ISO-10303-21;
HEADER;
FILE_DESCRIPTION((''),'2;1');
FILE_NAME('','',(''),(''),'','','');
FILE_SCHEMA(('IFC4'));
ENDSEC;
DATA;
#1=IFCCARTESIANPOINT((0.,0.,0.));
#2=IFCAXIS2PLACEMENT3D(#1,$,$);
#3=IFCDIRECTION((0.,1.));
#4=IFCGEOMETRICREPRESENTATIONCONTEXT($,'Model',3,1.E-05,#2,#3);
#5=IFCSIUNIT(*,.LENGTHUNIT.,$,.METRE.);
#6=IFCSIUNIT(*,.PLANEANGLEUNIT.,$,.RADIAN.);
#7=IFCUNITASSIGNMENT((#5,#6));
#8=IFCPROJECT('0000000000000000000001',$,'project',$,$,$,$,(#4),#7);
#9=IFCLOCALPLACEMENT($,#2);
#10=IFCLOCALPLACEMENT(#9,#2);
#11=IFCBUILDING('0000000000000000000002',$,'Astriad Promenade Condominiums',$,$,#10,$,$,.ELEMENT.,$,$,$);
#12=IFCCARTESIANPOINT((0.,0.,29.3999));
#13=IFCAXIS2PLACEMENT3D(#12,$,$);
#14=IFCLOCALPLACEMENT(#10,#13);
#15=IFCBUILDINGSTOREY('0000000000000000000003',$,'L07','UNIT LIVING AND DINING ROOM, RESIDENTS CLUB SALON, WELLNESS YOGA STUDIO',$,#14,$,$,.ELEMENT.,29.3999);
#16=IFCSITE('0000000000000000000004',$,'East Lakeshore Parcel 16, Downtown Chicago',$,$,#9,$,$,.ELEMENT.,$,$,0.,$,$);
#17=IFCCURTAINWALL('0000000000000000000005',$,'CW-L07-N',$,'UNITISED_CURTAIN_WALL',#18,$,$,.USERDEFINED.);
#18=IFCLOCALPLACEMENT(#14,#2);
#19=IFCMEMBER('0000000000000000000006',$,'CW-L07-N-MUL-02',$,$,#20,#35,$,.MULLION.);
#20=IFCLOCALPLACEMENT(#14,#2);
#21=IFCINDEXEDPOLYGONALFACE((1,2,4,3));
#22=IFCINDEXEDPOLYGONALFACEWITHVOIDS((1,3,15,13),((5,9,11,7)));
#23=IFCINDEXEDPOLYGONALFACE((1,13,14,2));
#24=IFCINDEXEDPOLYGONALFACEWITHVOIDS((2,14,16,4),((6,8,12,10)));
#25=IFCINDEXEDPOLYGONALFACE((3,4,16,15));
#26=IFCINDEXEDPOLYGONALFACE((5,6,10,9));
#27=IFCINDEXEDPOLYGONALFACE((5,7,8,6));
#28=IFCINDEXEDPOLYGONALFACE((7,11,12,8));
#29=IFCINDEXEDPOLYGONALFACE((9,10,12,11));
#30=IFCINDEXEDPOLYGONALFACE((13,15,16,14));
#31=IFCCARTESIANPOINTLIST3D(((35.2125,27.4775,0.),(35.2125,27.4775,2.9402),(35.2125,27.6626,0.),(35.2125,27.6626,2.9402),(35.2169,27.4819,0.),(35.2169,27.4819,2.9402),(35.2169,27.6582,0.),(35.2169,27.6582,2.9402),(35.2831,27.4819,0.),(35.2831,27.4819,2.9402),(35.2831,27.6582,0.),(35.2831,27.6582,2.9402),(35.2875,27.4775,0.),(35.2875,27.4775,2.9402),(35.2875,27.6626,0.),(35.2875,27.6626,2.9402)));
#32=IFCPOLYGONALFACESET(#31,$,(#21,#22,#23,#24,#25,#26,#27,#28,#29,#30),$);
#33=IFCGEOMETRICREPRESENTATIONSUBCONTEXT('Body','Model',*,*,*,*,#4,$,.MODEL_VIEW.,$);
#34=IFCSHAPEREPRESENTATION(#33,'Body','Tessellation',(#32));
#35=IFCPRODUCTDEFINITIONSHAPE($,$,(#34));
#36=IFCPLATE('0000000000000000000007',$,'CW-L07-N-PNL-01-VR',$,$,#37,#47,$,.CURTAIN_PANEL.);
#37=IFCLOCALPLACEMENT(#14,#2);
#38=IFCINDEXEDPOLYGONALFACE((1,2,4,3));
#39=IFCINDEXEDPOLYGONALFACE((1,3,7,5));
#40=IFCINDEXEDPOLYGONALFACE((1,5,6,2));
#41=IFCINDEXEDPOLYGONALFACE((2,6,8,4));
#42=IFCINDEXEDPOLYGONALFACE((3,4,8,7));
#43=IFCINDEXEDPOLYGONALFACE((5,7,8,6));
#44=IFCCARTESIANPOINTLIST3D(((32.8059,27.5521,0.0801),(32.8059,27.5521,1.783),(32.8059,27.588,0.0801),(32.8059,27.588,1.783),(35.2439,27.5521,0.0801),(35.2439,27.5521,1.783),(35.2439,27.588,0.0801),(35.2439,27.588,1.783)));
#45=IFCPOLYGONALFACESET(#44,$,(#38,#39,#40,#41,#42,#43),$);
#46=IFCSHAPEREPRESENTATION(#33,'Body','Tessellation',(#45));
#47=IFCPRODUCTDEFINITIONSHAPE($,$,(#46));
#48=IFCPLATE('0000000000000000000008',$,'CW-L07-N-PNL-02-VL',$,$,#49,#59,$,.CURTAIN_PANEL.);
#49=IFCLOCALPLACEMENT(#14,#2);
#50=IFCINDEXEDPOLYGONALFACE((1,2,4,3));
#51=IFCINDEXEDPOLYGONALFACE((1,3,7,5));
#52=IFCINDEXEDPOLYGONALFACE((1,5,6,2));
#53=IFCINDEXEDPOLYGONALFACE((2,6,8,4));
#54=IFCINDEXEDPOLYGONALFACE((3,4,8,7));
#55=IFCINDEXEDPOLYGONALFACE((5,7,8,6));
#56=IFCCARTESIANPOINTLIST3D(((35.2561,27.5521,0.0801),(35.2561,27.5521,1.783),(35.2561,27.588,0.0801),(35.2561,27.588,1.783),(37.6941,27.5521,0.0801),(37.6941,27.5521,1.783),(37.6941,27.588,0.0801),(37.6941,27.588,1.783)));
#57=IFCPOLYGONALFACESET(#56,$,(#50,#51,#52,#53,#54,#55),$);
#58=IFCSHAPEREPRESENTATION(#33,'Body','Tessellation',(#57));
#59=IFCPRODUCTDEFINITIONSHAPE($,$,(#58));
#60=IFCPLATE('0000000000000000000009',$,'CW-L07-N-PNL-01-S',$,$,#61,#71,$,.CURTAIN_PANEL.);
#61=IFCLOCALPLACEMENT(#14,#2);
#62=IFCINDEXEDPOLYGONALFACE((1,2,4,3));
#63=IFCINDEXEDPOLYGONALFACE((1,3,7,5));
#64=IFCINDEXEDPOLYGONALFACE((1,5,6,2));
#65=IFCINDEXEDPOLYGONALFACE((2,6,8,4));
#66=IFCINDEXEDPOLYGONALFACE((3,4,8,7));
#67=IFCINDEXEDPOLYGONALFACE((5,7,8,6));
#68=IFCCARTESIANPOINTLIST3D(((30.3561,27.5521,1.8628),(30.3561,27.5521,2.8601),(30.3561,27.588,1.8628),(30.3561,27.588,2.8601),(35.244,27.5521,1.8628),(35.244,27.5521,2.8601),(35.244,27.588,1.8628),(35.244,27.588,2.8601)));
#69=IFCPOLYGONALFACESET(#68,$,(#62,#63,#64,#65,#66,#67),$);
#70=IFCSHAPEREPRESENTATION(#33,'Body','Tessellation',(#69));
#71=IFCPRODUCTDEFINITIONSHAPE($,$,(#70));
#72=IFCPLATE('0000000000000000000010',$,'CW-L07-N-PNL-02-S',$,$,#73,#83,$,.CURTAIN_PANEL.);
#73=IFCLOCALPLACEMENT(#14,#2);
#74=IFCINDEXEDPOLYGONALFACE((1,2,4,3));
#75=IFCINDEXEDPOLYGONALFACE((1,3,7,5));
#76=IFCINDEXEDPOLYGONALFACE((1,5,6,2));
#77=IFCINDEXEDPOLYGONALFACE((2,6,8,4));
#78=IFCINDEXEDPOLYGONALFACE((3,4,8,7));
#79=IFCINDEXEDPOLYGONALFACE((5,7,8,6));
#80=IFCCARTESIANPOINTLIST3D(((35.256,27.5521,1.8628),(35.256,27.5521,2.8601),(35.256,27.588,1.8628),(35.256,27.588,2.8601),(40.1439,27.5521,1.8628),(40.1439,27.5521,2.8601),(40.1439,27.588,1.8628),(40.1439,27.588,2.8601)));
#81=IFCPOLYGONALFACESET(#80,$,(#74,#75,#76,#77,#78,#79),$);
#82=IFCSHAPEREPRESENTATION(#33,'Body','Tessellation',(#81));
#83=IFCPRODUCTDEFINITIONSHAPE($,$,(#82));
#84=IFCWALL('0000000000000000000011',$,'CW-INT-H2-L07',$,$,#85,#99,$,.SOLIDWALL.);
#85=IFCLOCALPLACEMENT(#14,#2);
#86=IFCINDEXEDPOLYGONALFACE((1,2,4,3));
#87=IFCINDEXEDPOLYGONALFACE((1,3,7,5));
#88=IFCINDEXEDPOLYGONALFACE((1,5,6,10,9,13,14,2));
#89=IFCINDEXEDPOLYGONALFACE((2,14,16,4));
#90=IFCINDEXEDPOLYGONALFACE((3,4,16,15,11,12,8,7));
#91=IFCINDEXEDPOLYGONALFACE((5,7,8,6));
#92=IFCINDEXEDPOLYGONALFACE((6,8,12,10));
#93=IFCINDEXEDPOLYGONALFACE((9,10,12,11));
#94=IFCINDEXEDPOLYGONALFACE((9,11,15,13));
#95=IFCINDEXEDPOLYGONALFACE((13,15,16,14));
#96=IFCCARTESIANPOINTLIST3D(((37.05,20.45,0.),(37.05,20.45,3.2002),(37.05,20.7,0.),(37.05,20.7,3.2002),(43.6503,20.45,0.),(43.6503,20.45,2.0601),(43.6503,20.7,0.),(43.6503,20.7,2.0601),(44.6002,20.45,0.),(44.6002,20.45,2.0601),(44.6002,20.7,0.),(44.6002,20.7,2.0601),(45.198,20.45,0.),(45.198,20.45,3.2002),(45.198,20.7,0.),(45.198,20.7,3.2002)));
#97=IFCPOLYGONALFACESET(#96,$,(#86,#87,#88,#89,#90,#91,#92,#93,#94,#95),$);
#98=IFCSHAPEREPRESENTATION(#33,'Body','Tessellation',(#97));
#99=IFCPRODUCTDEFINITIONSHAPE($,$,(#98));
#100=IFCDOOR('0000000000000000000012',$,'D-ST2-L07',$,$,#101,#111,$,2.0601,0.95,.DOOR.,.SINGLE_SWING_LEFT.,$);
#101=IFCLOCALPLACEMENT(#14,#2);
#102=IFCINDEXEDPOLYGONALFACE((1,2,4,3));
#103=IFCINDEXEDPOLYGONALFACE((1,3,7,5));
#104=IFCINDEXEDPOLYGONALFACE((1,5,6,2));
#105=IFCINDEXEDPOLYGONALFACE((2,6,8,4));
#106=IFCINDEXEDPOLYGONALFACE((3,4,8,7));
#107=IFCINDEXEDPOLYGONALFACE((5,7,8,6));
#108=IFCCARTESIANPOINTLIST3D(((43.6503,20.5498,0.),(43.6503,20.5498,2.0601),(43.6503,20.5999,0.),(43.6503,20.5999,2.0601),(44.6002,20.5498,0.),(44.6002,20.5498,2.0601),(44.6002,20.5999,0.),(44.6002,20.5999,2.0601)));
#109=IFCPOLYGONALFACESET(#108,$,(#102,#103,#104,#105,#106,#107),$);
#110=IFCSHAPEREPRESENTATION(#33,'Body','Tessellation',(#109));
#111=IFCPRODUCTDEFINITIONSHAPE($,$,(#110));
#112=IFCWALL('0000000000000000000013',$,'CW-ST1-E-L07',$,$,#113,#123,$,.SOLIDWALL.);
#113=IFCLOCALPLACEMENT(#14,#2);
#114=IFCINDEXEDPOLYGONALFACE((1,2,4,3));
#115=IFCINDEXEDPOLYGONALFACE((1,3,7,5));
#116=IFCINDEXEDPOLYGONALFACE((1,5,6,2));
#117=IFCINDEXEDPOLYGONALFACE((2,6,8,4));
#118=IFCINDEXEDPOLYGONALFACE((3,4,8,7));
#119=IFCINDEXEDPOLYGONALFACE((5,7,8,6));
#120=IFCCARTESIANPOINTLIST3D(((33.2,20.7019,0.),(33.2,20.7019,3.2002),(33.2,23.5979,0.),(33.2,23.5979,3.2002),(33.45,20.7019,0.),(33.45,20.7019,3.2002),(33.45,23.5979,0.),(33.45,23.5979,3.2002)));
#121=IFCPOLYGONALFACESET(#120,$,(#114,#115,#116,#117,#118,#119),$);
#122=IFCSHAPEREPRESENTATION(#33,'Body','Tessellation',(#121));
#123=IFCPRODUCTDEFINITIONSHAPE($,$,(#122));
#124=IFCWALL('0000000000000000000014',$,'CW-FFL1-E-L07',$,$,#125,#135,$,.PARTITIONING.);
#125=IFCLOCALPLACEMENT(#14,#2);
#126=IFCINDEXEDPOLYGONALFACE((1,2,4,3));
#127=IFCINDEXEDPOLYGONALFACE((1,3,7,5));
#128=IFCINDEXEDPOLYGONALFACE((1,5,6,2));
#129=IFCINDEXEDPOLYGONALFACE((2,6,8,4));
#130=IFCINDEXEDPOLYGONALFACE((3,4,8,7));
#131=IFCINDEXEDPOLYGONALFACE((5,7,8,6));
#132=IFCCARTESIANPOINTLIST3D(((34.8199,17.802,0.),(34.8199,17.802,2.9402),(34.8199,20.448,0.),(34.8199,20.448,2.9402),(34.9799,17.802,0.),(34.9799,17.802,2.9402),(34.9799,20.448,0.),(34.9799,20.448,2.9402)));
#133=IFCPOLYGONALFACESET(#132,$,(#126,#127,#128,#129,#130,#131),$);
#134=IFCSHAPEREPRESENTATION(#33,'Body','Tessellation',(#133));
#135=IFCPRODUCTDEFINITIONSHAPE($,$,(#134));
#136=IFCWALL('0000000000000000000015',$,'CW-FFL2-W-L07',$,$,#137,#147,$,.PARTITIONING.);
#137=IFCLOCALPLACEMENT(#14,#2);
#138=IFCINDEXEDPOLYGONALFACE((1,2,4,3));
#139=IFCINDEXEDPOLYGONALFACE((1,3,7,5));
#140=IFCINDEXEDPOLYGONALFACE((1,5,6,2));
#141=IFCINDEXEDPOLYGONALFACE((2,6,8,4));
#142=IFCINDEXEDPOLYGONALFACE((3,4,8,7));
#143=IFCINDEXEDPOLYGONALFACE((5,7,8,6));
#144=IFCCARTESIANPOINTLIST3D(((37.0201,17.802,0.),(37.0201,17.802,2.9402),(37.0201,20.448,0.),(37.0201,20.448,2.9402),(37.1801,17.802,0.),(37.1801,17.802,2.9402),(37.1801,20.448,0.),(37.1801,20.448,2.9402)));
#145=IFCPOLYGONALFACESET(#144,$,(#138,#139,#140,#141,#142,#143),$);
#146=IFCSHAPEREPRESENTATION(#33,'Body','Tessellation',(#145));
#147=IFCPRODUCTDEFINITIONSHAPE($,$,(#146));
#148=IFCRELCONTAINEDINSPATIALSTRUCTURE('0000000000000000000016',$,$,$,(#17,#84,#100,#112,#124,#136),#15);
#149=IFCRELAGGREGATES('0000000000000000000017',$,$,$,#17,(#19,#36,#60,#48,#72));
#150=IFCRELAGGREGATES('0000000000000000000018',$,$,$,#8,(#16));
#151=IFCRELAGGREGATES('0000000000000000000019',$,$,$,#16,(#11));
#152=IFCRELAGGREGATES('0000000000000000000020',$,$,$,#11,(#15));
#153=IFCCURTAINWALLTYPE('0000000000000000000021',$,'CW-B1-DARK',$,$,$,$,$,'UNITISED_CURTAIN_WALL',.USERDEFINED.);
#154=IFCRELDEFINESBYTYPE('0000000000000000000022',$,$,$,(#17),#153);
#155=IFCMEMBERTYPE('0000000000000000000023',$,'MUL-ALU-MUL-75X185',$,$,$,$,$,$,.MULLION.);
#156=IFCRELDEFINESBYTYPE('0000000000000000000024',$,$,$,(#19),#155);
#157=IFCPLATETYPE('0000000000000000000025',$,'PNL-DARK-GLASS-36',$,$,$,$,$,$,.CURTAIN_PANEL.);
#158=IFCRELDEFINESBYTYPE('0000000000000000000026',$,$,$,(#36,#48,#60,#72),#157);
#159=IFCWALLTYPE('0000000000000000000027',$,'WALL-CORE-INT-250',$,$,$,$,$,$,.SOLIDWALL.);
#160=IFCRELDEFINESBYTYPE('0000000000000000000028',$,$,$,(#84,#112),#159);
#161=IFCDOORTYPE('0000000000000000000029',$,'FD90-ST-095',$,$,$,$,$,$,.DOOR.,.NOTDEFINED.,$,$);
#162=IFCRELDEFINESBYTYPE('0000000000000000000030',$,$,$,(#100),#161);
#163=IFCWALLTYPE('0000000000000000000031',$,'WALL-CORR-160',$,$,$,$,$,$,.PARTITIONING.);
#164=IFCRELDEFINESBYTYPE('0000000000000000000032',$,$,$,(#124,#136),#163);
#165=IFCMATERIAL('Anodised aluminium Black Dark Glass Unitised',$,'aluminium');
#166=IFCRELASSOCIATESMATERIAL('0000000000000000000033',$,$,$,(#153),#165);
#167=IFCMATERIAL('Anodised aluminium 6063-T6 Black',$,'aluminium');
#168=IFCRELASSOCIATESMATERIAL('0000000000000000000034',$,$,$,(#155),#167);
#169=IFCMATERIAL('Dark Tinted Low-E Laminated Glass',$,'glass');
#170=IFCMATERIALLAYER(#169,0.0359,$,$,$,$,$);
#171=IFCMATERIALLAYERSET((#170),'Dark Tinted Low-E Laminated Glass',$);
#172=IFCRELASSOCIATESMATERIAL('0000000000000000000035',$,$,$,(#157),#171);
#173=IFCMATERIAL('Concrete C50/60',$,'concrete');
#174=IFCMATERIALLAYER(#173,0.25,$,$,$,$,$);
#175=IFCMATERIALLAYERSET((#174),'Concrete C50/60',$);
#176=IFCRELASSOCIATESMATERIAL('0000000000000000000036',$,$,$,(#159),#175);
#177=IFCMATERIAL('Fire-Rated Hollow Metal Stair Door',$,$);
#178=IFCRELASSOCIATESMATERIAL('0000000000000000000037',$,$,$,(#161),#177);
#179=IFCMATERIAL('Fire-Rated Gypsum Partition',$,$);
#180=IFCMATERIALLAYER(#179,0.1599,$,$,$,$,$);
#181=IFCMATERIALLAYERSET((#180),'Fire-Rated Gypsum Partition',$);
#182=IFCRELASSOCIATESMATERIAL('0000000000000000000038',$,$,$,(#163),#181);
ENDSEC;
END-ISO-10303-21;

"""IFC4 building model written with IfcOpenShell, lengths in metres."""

from ifc_helpers import new_model, si_unit, direction, frame, frame_2d, origin, origin_2d, place, context, subcontext, project, spatial, rectangle, hollow_rectangle, extrude, source, transform, mapped, material, layer, layer_set, material_profile, profile_set, type_object, type_shapes, element, fill, aggregate, save


model = new_model("IFC4")

# Units and contexts
model_context = context("Model", 3, precision=1e-05, world=origin(), true_north=direction((0.0, 1.0)))
body_context = subcontext(model_context, "Body", "Model", "MODEL_VIEW")
ifc_project = project(units=[si_unit("LENGTHUNIT", "METRE"), si_unit("PLANEANGLEUNIT", "RADIAN")], contexts=[model_context])

# Site, building, storey
site_placement = place(None, origin())
site = spatial("IfcSite", under=ifc_project, at=site_placement, Name="East Lakeshore Parcel 16, Downtown Chicago", CompositionType="ELEMENT", RefElevation=0.0)
building_placement = place(site_placement, origin())
building = spatial("IfcBuilding", under=site, at=building_placement, Name="Astriad Promenade Condominiums", CompositionType="ELEMENT")
storey_placement = place(building_placement, frame((0.0, 0.0, 29.3999)))
storey = spatial("IfcBuildingStorey", under=building, at=storey_placement, Name="L07", Description="UNIT LIVING AND DINING ROOM, RESIDENTS CLUB SALON, WELLNESS YOGA STUDIO", CompositionType="ELEMENT", Elevation=29.3999)

# Curtain wall, member, plates
ifc_material_1 = material(Name="Anodised aluminium Black Dark Glass Unitised", Category="aluminium")
curtain_wall_type = type_object("IfcCurtainWallType", Name="CW-B1-DARK", ElementType="UNITISED_CURTAIN_WALL", PredefinedType="USERDEFINED", material=ifc_material_1)
curtain_wall_placement = place(storey_placement, origin())
curtain_wall = element("IfcCurtainWall", 1, at=curtain_wall_placement, inside=storey, type_object=curtain_wall_type, Name="CW-L07-N", ObjectType="UNITISED_CURTAIN_WALL", PredefinedType="USERDEFINED")
ifc_material_2 = material(Name="Anodised aluminium 6063-T6 Black", Category="aluminium")
ifc_material_profile_1 = material_profile(ifc_material_2, hollow_rectangle(XDim=0.075, YDim=0.1851, WallThickness=0.0044, at=origin_2d()), Name="ALU-MUL-75X185")
ifc_profile_set_1 = profile_set([ifc_material_profile_1], Name="Anodised aluminium 6063-T6 Black")
member_type_1 = type_object("IfcMemberType", Name="MUL-ALU-MUL-75X185", PredefinedType="MULLION", material=ifc_profile_set_1)
shared_shape_1 = source(origin(), body_context, "Body", "SweptSolid", [
    extrude(hollow_rectangle(XDim=0.075, YDim=0.1851, WallThickness=0.0044, at=origin_2d()), origin(), (0.0, 0.0, 1.0), 2.9402),
])
type_shapes(member_type_1, [shared_shape_1])
member_1_placement = place(storey_placement, frame((35.25, 27.5701, 0.0), z_axis=(0.0, 0.0, 1.0), x_axis=(1.0, 0.0, 0.0)))
member_1 = element("IfcMember", 2, at=member_1_placement, type_object=member_type_1, Name="CW-L07-N-MUL-02", PredefinedType="MULLION", context=body_context, shape_type="MappedRepresentation", body=[
    mapped(shared_shape_1, transform((0.0, 0.0, 0.0), scale=1.0)),
])
ifc_material_3 = material(Name="Dark Tinted Low-E Laminated Glass", Category="glass")
ifc_layer_1 = layer(ifc_material_3, 0.0359)
ifc_layer_set_1 = layer_set([ifc_layer_1], Name="Dark Tinted Low-E Laminated Glass")
plate_type = type_object("IfcPlateType", Name="PNL-DARK-GLASS-36", PredefinedType="CURTAIN_PANEL", material=ifc_layer_set_1)
shared_shape_2 = source(origin(), body_context, "Body", "SweptSolid", [
    extrude(rectangle(XDim=2.438, YDim=0.0359, at=origin_2d()), origin(), (0.0, 0.0, 1.0), 1.7029),
])
plate_1_placement = place(storey_placement, frame((34.0249, 27.5701, 0.0801), z_axis=(0.0, 0.0, 1.0), x_axis=(1.0, 0.0, 0.0)))
plate_1 = element("IfcPlate", 3, at=plate_1_placement, type_object=plate_type, Name="CW-L07-N-PNL-01-VR", PredefinedType="CURTAIN_PANEL", context=body_context, shape_type="MappedRepresentation", body=[
    mapped(shared_shape_2, transform((0.0, 0.0, 0.0), scale=1.0)),
])
plate_2_placement = place(storey_placement, frame((36.4751, 27.5701, 0.0801), z_axis=(0.0, 0.0, 1.0), x_axis=(1.0, 0.0, 0.0)))
plate_2 = element("IfcPlate", 4, at=plate_2_placement, type_object=plate_type, Name="CW-L07-N-PNL-02-VL", PredefinedType="CURTAIN_PANEL", context=body_context, shape_type="MappedRepresentation", body=[
    mapped(shared_shape_2, transform((0.0, 0.0, 0.0), scale=1.0)),
])
shared_shape_3 = source(origin(), body_context, "Body", "SweptSolid", [
    extrude(rectangle(XDim=4.8879, YDim=0.0359, at=origin_2d()), origin(), (0.0, 0.0, 1.0), 0.9973),
])
type_shapes(plate_type, [shared_shape_2, shared_shape_3])
plate_3_placement = place(storey_placement, frame((32.8, 27.5701, 1.8628), z_axis=(0.0, 0.0, 1.0), x_axis=(1.0, 0.0, 0.0)))
plate_3 = element("IfcPlate", 5, at=plate_3_placement, type_object=plate_type, Name="CW-L07-N-PNL-01-S", PredefinedType="CURTAIN_PANEL", context=body_context, shape_type="MappedRepresentation", body=[
    mapped(shared_shape_3, transform((0.0, 0.0, 0.0), scale=1.0)),
])
plate_4_placement = place(storey_placement, frame((37.7, 27.5701, 1.8628), z_axis=(0.0, 0.0, 1.0), x_axis=(1.0, 0.0, 0.0)))
plate_4 = element("IfcPlate", 6, at=plate_4_placement, type_object=plate_type, Name="CW-L07-N-PNL-02-S", PredefinedType="CURTAIN_PANEL", context=body_context, shape_type="MappedRepresentation", body=[
    mapped(shared_shape_3, transform((0.0, 0.0, 0.0), scale=1.0)),
])
aggregate(curtain_wall, [member_1, plate_1, plate_3, plate_2, plate_4])

# Wall, opening, door
ifc_material_4 = material(Name="Concrete C50/60", Category="concrete")
ifc_layer_2 = layer(ifc_material_4, 0.25)
ifc_layer_set_2 = layer_set([ifc_layer_2], Name="Concrete C50/60")
wall_type_1 = type_object("IfcWallType", Name="WALL-CORE-INT-250", PredefinedType="SOLIDWALL", material=ifc_layer_set_2)
wall_1_placement = place(storey_placement, frame((37.05, 20.575, 0.0), z_axis=(0.0, 0.0, 1.0), x_axis=(1.0, 0.0, 0.0)))
wall_1 = element("IfcWall", 7, at=wall_1_placement, inside=storey, type_object=wall_type_1, Name="CW-INT-H2-L07", PredefinedType="SOLIDWALL", context=body_context, shape_type="SweptSolid", body=[
    extrude(rectangle(XDim=8.1479, YDim=0.25, at=frame_2d((4.074, 0.0))), origin(), (0.0, 0.0, 1.0), 3.2002),
])
opening_1_placement = place(wall_1_placement, frame((6.6001, 0.0, 0.0)))
opening_1 = element("IfcOpeningElement", 8, at=opening_1_placement, cuts=wall_1, PredefinedType="OPENING", context=body_context, shape_type="SweptSolid", body=[
    extrude(rectangle(XDim=0.95, YDim=2.0601, at=frame_2d((0.4751, 1.03))), frame((0.0, 0.135, 0.0), z_axis=(0.0, -1.0, 0.0), x_axis=(1.0, 0.0, 0.0)), (0.0, 0.0, 1.0), 0.27),
])
ifc_material_5 = material(Name="Fire-Rated Hollow Metal Stair Door")
door_type_1 = type_object("IfcDoorType", Name="FD90-ST-095", OperationType="NOTDEFINED", PredefinedType="DOOR", material=ifc_material_5)
shared_shape_4 = source(origin(), body_context, "Body", "SweptSolid", [
    extrude(rectangle(XDim=0.95, YDim=2.0601, at=frame_2d((0.4751, 1.03))), frame((0.0, 0.0249, 0.0), z_axis=(0.0, -1.0, 0.0), x_axis=(1.0, 0.0, 0.0)), (0.0, 0.0, 1.0), 0.05),
])
type_shapes(door_type_1, [shared_shape_4])
door_1_placement = place(opening_1_placement, origin())
door_1 = element("IfcDoor", 9, at=door_1_placement, inside=storey, type_object=door_type_1, Name="D-ST2-L07", OperationType="SINGLE_SWING_LEFT", OverallHeight=2.0601, OverallWidth=0.95, PredefinedType="DOOR", context=body_context, shape_type="MappedRepresentation", body=[
    mapped(shared_shape_4, transform((0.0, 0.0, 0.0), scale=1.0)),
])
fill(opening_1, door_1)

# Walls
wall_2_placement = place(storey_placement, frame((33.325, 20.7019, 0.0), z_axis=(0.0, 0.0, 1.0), x_axis=(0.0, 1.0, 0.0)))
element("IfcWall", 10, at=wall_2_placement, inside=storey, type_object=wall_type_1, Name="CW-ST1-E-L07", PredefinedType="SOLIDWALL", context=body_context, shape_type="SweptSolid", body=[
    extrude(rectangle(XDim=2.896, YDim=0.25, at=frame_2d((1.448, 0.0))), origin(), (0.0, 0.0, 1.0), 3.2002),
])
ifc_material_6 = material(Name="Fire-Rated Gypsum Partition")
ifc_layer_3 = layer(ifc_material_6, 0.1599)
ifc_layer_set_3 = layer_set([ifc_layer_3], Name="Fire-Rated Gypsum Partition")
wall_type_2 = type_object("IfcWallType", Name="WALL-CORR-160", PredefinedType="PARTITIONING", material=ifc_layer_set_3)
for number, where, z_axis, x_axis, name in (
    (11, (34.8999, 17.802, 0.0), (0.0, 0.0, 1.0), (0.0, 1.0, 0.0), "CW-FFL1-E-L07"),
    (12, (37.1001, 17.802, 0.0), (0.0, 0.0, 1.0), (0.0, 1.0, 0.0), "CW-FFL2-W-L07"),
):
    element("IfcWall", number, at=place(storey_placement, frame(where, z_axis=z_axis, x_axis=x_axis)), inside=storey, type_object=wall_type_2, Name=name, PredefinedType="PARTITIONING", context=body_context, shape_type="SweptSolid", body=[
        extrude(rectangle(XDim=2.646, YDim=0.1599, at=frame_2d((1.323, 0.0))), origin(), (0.0, 0.0, 1.0), 2.9402),
    ])

save(model, "model.ifc")
